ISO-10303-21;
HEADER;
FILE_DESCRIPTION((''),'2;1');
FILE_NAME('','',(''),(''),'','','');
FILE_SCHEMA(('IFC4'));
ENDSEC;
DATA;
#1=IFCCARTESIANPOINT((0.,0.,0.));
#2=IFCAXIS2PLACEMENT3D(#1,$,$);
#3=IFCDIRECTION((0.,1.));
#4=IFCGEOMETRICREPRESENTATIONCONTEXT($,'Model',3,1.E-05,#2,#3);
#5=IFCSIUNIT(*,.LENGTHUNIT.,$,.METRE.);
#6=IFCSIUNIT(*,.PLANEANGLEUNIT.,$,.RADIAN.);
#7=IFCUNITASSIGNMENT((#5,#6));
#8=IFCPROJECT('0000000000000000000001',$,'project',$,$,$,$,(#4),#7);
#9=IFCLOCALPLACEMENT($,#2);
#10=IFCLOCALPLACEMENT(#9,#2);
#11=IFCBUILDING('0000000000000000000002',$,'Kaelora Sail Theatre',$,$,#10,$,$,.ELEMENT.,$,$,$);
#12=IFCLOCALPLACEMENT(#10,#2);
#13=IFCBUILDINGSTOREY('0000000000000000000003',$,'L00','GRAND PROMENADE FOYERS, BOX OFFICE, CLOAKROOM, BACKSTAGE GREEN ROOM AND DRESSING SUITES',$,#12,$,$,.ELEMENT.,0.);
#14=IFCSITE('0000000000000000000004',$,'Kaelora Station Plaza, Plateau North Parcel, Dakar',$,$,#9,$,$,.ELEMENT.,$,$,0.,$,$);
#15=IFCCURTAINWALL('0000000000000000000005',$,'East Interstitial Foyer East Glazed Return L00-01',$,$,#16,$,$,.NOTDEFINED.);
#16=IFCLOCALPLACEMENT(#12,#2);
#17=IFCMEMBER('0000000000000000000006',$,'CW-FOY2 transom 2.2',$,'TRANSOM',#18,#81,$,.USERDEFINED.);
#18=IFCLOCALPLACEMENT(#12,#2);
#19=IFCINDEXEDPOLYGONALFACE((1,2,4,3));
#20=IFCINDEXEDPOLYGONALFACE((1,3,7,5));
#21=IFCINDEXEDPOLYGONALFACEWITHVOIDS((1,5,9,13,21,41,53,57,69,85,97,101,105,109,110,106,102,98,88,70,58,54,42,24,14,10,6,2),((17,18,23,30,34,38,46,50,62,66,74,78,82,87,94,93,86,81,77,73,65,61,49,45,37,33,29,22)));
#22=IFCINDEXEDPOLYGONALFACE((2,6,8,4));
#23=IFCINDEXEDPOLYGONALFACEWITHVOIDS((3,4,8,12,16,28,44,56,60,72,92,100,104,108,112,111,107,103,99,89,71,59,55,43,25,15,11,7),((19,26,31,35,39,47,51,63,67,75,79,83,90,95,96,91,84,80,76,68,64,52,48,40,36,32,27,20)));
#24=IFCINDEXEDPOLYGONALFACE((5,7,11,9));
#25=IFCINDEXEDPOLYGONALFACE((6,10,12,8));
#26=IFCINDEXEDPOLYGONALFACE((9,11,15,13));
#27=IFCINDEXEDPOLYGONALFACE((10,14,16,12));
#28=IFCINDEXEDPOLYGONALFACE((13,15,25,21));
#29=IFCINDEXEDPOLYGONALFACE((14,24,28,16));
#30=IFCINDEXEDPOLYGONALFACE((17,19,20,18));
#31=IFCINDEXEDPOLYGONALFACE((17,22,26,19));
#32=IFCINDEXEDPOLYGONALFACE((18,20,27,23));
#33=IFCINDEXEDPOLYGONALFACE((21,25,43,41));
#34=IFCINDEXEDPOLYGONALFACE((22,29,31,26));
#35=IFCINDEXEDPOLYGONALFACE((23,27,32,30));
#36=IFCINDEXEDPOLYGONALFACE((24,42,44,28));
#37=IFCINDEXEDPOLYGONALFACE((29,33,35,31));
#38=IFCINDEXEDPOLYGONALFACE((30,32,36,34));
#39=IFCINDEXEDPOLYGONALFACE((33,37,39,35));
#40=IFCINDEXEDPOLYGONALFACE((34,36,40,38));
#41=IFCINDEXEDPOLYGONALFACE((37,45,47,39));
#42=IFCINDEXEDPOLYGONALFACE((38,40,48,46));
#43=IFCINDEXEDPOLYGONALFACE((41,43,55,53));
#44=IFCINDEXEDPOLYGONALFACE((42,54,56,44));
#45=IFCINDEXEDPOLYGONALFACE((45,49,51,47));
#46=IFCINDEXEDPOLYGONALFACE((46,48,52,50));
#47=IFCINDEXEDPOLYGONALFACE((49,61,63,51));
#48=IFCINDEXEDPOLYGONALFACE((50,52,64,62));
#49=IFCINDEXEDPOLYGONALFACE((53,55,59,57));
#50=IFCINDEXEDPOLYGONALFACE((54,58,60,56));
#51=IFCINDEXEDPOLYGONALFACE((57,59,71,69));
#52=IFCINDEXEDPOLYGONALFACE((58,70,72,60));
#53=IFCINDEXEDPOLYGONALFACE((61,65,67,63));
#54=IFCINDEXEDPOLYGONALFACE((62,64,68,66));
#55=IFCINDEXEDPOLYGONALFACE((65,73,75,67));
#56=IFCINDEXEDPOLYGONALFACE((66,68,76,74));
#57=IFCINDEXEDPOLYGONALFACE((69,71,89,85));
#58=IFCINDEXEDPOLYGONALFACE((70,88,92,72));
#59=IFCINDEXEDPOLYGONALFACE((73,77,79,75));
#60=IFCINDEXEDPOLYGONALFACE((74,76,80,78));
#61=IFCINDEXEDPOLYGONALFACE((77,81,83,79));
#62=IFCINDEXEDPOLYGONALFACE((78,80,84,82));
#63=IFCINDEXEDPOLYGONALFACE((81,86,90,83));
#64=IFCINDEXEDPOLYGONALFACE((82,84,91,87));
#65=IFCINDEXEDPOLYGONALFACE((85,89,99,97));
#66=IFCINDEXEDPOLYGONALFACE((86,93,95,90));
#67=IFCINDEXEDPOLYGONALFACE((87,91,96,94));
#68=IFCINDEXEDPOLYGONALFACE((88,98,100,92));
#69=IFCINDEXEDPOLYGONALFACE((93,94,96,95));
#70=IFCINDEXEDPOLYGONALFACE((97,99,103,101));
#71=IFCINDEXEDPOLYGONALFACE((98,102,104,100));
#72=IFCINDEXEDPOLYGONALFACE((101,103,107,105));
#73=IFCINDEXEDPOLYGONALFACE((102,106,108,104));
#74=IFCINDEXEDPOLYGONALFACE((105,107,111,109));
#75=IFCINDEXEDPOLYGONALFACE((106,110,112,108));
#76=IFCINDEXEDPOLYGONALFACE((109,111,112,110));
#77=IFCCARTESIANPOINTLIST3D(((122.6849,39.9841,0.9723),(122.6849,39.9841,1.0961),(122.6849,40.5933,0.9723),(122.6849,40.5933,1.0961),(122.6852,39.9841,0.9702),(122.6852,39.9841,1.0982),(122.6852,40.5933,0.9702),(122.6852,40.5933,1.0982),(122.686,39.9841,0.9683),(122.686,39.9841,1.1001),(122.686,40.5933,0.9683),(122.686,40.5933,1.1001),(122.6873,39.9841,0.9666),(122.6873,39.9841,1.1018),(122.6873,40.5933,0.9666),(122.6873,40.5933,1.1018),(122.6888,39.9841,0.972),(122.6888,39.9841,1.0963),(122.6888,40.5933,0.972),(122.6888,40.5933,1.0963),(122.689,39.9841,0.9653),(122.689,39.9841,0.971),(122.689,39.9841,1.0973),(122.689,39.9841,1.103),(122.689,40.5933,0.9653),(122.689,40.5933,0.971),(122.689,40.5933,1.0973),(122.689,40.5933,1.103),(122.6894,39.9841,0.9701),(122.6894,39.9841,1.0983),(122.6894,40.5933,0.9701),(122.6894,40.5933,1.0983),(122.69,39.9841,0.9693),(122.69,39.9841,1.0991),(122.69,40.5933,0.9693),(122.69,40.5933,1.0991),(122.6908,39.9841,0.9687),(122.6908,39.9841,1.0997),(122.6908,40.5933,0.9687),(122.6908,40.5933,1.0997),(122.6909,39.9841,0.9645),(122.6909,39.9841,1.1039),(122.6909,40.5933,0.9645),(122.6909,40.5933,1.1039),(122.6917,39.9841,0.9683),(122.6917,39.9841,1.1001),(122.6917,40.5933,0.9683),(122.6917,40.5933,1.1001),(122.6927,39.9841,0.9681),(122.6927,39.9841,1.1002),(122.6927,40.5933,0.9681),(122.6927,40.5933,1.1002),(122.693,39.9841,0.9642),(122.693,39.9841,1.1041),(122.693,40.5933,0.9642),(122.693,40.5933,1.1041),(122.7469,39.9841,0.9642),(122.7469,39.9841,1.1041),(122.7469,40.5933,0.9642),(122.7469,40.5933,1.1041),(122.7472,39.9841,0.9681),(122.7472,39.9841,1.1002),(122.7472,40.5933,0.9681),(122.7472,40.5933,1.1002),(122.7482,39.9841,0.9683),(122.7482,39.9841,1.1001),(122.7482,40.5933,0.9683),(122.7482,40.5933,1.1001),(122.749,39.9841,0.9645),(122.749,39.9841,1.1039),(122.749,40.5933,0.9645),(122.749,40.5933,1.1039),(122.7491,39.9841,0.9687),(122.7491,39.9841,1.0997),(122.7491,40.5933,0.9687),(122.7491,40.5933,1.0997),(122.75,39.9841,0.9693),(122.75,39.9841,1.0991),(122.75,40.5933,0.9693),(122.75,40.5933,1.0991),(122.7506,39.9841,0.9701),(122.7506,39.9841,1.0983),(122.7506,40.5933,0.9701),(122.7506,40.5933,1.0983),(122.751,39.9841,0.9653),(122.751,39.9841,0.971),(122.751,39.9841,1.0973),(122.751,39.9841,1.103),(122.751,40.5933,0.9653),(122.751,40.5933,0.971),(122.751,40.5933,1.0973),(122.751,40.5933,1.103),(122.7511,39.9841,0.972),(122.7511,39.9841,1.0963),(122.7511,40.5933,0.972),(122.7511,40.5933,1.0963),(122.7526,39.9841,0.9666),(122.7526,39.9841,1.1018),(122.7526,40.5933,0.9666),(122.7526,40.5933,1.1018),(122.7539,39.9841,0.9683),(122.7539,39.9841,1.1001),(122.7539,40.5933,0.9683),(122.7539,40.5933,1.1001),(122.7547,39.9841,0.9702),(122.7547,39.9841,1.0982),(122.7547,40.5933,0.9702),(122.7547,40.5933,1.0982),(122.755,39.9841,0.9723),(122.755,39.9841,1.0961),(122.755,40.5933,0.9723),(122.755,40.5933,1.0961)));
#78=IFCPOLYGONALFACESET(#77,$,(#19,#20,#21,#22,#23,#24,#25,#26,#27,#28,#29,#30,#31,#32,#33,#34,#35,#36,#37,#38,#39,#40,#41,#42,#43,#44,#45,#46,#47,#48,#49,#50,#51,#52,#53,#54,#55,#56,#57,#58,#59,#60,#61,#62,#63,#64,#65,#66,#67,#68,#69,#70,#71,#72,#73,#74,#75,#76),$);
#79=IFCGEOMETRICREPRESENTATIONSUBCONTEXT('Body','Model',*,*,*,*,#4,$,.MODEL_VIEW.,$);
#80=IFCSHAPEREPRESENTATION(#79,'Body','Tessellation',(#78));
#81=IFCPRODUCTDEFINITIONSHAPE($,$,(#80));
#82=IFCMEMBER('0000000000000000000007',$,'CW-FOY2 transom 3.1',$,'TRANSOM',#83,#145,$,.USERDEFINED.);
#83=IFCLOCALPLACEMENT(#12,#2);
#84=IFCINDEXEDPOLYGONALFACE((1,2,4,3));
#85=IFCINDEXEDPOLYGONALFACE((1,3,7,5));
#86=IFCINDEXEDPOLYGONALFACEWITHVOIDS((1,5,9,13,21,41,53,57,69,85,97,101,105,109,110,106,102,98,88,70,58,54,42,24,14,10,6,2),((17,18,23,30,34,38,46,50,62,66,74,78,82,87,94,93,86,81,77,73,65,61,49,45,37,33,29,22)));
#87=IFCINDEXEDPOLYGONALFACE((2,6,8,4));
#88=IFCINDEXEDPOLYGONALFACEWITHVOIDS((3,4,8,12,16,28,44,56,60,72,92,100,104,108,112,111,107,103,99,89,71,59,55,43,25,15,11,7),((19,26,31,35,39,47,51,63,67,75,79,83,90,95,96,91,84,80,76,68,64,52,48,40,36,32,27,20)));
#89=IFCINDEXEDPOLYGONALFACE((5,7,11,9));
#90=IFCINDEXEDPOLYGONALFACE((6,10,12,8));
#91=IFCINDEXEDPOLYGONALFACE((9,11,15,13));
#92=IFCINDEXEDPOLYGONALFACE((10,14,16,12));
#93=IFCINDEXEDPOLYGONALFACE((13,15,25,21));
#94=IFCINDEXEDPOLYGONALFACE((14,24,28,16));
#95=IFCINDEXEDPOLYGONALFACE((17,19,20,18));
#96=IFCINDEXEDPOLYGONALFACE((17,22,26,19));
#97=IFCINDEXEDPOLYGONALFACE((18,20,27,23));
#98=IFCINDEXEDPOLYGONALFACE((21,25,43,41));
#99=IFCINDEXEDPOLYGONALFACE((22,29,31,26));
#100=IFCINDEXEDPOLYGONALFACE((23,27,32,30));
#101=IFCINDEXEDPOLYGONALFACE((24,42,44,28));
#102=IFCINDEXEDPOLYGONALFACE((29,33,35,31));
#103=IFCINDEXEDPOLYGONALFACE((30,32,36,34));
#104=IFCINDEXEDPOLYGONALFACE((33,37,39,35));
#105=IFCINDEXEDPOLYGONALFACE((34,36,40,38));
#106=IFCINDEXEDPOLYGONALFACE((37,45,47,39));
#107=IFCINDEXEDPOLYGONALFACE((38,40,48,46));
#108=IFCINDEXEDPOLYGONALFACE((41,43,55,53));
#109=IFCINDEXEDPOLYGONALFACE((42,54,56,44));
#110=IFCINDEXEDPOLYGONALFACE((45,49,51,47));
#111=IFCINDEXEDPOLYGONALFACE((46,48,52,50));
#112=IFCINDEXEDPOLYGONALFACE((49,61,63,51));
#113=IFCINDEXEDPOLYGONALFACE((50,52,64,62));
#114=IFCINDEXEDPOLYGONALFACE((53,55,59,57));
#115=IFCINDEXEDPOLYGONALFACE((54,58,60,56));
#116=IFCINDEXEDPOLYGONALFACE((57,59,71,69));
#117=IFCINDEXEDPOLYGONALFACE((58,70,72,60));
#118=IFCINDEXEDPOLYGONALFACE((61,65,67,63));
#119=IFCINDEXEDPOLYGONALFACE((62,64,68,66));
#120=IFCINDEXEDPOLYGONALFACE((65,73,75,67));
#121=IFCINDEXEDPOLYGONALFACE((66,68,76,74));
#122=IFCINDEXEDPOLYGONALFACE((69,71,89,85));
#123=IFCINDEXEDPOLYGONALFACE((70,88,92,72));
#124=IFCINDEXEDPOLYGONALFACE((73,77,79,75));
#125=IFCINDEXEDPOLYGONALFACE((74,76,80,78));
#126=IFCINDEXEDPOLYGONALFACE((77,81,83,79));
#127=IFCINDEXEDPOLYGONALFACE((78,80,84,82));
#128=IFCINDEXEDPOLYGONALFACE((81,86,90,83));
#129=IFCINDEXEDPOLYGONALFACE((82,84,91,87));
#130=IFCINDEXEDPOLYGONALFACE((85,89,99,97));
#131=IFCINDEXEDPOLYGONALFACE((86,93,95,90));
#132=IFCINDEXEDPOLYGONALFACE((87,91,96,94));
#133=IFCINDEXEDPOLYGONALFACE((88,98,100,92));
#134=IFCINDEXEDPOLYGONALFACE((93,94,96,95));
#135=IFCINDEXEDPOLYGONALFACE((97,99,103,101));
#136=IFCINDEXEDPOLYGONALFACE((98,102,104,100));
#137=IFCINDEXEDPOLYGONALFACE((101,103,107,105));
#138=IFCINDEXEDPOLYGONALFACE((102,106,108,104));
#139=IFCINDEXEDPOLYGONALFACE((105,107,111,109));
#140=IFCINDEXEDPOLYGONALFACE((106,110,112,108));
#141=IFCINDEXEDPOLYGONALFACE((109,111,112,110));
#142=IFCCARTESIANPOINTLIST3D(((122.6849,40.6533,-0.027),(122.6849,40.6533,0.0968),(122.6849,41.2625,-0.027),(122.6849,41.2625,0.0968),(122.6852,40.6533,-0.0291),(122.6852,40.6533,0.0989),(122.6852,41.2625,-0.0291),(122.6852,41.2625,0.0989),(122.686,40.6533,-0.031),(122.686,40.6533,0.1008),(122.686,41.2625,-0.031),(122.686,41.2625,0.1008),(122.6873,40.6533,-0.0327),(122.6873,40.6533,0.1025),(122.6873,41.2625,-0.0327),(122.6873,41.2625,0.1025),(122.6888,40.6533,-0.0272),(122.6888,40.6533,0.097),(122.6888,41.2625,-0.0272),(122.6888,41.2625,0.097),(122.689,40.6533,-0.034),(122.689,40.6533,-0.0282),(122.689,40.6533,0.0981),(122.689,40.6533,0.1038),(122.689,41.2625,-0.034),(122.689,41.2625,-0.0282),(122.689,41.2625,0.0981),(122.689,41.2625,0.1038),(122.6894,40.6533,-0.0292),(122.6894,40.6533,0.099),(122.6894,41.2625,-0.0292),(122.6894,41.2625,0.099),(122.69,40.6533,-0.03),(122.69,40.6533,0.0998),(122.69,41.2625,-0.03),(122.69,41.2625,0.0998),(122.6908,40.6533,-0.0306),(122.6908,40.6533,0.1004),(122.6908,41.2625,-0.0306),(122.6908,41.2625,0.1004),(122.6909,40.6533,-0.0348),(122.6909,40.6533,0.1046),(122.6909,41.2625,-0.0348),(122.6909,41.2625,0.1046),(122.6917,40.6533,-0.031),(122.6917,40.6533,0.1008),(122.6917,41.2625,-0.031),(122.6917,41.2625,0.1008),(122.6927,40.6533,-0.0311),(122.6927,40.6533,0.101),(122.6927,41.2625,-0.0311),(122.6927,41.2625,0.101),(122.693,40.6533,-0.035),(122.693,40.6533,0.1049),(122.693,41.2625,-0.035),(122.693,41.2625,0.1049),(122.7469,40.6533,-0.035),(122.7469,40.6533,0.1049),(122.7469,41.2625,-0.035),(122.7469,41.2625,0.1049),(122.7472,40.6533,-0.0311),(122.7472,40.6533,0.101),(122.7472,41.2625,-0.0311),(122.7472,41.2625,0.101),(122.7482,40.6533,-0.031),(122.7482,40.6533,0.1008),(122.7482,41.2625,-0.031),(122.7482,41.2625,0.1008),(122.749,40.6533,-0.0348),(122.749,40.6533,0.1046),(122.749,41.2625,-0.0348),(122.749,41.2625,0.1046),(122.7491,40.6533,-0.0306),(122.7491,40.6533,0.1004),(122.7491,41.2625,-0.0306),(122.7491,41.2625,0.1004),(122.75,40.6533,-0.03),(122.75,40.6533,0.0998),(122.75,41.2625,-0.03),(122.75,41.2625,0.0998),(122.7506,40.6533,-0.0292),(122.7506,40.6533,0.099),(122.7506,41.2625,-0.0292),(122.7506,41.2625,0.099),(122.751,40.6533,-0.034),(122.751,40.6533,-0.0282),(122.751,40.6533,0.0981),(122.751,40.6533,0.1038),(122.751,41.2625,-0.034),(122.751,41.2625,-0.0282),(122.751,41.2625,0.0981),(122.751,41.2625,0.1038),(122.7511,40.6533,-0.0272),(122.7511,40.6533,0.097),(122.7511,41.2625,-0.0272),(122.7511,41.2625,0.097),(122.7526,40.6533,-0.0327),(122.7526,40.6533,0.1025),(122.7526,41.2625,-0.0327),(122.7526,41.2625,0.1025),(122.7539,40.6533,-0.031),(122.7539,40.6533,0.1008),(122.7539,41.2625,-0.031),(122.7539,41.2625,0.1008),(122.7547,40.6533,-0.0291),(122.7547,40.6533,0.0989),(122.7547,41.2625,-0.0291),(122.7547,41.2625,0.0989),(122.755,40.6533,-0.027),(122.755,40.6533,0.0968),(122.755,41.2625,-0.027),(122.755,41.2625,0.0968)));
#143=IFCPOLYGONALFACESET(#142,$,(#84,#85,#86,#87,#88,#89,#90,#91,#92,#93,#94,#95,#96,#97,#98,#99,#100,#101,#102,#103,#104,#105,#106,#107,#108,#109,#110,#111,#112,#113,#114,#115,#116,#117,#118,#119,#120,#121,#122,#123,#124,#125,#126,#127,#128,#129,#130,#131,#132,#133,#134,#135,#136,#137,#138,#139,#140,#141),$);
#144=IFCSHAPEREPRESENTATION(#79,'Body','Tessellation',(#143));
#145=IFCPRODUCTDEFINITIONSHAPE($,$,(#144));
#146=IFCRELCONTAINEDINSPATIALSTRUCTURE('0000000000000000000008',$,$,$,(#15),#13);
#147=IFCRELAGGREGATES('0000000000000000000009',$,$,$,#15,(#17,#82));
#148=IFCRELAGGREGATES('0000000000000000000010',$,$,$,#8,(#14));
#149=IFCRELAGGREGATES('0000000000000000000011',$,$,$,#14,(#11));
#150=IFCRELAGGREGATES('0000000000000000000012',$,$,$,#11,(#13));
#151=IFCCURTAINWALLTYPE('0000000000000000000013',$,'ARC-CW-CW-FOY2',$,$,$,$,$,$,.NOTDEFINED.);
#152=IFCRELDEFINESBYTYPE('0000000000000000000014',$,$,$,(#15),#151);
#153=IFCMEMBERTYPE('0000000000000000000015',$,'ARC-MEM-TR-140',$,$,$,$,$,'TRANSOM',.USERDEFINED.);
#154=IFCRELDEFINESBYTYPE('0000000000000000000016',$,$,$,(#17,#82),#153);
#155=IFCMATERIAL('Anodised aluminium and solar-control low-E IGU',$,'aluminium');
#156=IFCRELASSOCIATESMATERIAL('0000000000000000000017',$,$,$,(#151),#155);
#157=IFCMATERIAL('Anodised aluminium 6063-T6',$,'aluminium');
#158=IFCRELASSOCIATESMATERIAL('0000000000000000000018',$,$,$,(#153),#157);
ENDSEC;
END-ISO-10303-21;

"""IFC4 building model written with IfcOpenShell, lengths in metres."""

from ifc_helpers import new_model, si_unit, direction, frame, origin, origin_2d, place, context, subcontext, project, spatial, hollow_rectangle, extrude, material, material_profile, profile_set, type_object, element, aggregate, save


model = new_model("IFC4")

# Units and contexts
model_context = context("Model", 3, precision=1e-05, world=origin(), true_north=direction((0.0, 1.0)))
body_context = subcontext(model_context, "Body", "Model", "MODEL_VIEW")
ifc_project = project(units=[si_unit("LENGTHUNIT", "METRE"), si_unit("PLANEANGLEUNIT", "RADIAN")], contexts=[model_context])

# Site, building, storey
site_placement = place(None, origin())
site = spatial("IfcSite", under=ifc_project, at=site_placement, Name="Kaelora Station Plaza, Plateau North Parcel, Dakar", CompositionType="ELEMENT", RefElevation=0.0)
building_placement = place(site_placement, origin())
building = spatial("IfcBuilding", under=site, at=building_placement, Name="Kaelora Sail Theatre", CompositionType="ELEMENT")
storey_placement = place(building_placement, origin())
storey = spatial("IfcBuildingStorey", under=building, at=storey_placement, Name="L00", Description="GRAND PROMENADE FOYERS, BOX OFFICE, CLOAKROOM, BACKSTAGE GREEN ROOM AND DRESSING SUITES", CompositionType="ELEMENT", Elevation=0.0)

# Curtain wall
ifc_material_1 = material(Name="Anodised aluminium and solar-control low-E IGU", Category="aluminium")
curtain_wall_type = type_object("IfcCurtainWallType", Name="ARC-CW-CW-FOY2", PredefinedType="NOTDEFINED", material=ifc_material_1)
curtain_wall_placement = place(storey_placement, origin())
curtain_wall = element("IfcCurtainWall", 1, at=curtain_wall_placement, inside=storey, type_object=curtain_wall_type, Name="East Interstitial Foyer East Glazed Return L00-01", PredefinedType="NOTDEFINED")

# Members
ifc_material_2 = material(Name="Anodised aluminium 6063-T6", Category="aluminium")
ifc_material_profile_1 = material_profile(ifc_material_2, hollow_rectangle(XDim=0.0701, YDim=0.1399, WallThickness=0.0039, InnerFilletRadius=0.0039, OuterFilletRadius=0.0081, at=origin_2d()), Name="ALU-TRAN 70x140x4")
ifc_profile_set_1 = profile_set([ifc_material_profile_1], Name="Anodised aluminium 6063-T6")
member_type_1 = type_object("IfcMemberType", Name="ARC-MEM-TR-140", ElementType="TRANSOM", PredefinedType="USERDEFINED", material=ifc_profile_set_1)
member_1_placement = place(storey_placement, frame((122.72, 39.9841, 1.0342), z_axis=(0.0, 1.0, 0.0), x_axis=(-1.0, 0.0, 0.0)))
member_1 = element("IfcMember", 2, at=member_1_placement, type_object=member_type_1, Name="CW-FOY2 transom 2.2", ObjectType="TRANSOM", PredefinedType="USERDEFINED", context=body_context, shape_type="SweptSolid", body=[
    extrude(hollow_rectangle(XDim=0.0701, YDim=0.1399, WallThickness=0.0039, InnerFilletRadius=0.0039, OuterFilletRadius=0.0081, at=origin_2d()), origin(), (0.0, 0.0, 1.0), 0.6091),
])
member_2_placement = place(storey_placement, frame((122.72, 40.6533, 0.0349), z_axis=(0.0, 1.0, 0.0), x_axis=(-1.0, 0.0, 0.0)))
member_2 = element("IfcMember", 3, at=member_2_placement, type_object=member_type_1, Name="CW-FOY2 transom 3.1", ObjectType="TRANSOM", PredefinedType="USERDEFINED", context=body_context, shape_type="SweptSolid", body=[
    extrude(hollow_rectangle(XDim=0.0701, YDim=0.1399, WallThickness=0.0039, InnerFilletRadius=0.0039, OuterFilletRadius=0.0081, at=origin_2d()), origin(), (0.0, 0.0, 1.0), 0.6091),
])

aggregate(curtain_wall, [member_1, member_2])

save(model, "model.ifc")
